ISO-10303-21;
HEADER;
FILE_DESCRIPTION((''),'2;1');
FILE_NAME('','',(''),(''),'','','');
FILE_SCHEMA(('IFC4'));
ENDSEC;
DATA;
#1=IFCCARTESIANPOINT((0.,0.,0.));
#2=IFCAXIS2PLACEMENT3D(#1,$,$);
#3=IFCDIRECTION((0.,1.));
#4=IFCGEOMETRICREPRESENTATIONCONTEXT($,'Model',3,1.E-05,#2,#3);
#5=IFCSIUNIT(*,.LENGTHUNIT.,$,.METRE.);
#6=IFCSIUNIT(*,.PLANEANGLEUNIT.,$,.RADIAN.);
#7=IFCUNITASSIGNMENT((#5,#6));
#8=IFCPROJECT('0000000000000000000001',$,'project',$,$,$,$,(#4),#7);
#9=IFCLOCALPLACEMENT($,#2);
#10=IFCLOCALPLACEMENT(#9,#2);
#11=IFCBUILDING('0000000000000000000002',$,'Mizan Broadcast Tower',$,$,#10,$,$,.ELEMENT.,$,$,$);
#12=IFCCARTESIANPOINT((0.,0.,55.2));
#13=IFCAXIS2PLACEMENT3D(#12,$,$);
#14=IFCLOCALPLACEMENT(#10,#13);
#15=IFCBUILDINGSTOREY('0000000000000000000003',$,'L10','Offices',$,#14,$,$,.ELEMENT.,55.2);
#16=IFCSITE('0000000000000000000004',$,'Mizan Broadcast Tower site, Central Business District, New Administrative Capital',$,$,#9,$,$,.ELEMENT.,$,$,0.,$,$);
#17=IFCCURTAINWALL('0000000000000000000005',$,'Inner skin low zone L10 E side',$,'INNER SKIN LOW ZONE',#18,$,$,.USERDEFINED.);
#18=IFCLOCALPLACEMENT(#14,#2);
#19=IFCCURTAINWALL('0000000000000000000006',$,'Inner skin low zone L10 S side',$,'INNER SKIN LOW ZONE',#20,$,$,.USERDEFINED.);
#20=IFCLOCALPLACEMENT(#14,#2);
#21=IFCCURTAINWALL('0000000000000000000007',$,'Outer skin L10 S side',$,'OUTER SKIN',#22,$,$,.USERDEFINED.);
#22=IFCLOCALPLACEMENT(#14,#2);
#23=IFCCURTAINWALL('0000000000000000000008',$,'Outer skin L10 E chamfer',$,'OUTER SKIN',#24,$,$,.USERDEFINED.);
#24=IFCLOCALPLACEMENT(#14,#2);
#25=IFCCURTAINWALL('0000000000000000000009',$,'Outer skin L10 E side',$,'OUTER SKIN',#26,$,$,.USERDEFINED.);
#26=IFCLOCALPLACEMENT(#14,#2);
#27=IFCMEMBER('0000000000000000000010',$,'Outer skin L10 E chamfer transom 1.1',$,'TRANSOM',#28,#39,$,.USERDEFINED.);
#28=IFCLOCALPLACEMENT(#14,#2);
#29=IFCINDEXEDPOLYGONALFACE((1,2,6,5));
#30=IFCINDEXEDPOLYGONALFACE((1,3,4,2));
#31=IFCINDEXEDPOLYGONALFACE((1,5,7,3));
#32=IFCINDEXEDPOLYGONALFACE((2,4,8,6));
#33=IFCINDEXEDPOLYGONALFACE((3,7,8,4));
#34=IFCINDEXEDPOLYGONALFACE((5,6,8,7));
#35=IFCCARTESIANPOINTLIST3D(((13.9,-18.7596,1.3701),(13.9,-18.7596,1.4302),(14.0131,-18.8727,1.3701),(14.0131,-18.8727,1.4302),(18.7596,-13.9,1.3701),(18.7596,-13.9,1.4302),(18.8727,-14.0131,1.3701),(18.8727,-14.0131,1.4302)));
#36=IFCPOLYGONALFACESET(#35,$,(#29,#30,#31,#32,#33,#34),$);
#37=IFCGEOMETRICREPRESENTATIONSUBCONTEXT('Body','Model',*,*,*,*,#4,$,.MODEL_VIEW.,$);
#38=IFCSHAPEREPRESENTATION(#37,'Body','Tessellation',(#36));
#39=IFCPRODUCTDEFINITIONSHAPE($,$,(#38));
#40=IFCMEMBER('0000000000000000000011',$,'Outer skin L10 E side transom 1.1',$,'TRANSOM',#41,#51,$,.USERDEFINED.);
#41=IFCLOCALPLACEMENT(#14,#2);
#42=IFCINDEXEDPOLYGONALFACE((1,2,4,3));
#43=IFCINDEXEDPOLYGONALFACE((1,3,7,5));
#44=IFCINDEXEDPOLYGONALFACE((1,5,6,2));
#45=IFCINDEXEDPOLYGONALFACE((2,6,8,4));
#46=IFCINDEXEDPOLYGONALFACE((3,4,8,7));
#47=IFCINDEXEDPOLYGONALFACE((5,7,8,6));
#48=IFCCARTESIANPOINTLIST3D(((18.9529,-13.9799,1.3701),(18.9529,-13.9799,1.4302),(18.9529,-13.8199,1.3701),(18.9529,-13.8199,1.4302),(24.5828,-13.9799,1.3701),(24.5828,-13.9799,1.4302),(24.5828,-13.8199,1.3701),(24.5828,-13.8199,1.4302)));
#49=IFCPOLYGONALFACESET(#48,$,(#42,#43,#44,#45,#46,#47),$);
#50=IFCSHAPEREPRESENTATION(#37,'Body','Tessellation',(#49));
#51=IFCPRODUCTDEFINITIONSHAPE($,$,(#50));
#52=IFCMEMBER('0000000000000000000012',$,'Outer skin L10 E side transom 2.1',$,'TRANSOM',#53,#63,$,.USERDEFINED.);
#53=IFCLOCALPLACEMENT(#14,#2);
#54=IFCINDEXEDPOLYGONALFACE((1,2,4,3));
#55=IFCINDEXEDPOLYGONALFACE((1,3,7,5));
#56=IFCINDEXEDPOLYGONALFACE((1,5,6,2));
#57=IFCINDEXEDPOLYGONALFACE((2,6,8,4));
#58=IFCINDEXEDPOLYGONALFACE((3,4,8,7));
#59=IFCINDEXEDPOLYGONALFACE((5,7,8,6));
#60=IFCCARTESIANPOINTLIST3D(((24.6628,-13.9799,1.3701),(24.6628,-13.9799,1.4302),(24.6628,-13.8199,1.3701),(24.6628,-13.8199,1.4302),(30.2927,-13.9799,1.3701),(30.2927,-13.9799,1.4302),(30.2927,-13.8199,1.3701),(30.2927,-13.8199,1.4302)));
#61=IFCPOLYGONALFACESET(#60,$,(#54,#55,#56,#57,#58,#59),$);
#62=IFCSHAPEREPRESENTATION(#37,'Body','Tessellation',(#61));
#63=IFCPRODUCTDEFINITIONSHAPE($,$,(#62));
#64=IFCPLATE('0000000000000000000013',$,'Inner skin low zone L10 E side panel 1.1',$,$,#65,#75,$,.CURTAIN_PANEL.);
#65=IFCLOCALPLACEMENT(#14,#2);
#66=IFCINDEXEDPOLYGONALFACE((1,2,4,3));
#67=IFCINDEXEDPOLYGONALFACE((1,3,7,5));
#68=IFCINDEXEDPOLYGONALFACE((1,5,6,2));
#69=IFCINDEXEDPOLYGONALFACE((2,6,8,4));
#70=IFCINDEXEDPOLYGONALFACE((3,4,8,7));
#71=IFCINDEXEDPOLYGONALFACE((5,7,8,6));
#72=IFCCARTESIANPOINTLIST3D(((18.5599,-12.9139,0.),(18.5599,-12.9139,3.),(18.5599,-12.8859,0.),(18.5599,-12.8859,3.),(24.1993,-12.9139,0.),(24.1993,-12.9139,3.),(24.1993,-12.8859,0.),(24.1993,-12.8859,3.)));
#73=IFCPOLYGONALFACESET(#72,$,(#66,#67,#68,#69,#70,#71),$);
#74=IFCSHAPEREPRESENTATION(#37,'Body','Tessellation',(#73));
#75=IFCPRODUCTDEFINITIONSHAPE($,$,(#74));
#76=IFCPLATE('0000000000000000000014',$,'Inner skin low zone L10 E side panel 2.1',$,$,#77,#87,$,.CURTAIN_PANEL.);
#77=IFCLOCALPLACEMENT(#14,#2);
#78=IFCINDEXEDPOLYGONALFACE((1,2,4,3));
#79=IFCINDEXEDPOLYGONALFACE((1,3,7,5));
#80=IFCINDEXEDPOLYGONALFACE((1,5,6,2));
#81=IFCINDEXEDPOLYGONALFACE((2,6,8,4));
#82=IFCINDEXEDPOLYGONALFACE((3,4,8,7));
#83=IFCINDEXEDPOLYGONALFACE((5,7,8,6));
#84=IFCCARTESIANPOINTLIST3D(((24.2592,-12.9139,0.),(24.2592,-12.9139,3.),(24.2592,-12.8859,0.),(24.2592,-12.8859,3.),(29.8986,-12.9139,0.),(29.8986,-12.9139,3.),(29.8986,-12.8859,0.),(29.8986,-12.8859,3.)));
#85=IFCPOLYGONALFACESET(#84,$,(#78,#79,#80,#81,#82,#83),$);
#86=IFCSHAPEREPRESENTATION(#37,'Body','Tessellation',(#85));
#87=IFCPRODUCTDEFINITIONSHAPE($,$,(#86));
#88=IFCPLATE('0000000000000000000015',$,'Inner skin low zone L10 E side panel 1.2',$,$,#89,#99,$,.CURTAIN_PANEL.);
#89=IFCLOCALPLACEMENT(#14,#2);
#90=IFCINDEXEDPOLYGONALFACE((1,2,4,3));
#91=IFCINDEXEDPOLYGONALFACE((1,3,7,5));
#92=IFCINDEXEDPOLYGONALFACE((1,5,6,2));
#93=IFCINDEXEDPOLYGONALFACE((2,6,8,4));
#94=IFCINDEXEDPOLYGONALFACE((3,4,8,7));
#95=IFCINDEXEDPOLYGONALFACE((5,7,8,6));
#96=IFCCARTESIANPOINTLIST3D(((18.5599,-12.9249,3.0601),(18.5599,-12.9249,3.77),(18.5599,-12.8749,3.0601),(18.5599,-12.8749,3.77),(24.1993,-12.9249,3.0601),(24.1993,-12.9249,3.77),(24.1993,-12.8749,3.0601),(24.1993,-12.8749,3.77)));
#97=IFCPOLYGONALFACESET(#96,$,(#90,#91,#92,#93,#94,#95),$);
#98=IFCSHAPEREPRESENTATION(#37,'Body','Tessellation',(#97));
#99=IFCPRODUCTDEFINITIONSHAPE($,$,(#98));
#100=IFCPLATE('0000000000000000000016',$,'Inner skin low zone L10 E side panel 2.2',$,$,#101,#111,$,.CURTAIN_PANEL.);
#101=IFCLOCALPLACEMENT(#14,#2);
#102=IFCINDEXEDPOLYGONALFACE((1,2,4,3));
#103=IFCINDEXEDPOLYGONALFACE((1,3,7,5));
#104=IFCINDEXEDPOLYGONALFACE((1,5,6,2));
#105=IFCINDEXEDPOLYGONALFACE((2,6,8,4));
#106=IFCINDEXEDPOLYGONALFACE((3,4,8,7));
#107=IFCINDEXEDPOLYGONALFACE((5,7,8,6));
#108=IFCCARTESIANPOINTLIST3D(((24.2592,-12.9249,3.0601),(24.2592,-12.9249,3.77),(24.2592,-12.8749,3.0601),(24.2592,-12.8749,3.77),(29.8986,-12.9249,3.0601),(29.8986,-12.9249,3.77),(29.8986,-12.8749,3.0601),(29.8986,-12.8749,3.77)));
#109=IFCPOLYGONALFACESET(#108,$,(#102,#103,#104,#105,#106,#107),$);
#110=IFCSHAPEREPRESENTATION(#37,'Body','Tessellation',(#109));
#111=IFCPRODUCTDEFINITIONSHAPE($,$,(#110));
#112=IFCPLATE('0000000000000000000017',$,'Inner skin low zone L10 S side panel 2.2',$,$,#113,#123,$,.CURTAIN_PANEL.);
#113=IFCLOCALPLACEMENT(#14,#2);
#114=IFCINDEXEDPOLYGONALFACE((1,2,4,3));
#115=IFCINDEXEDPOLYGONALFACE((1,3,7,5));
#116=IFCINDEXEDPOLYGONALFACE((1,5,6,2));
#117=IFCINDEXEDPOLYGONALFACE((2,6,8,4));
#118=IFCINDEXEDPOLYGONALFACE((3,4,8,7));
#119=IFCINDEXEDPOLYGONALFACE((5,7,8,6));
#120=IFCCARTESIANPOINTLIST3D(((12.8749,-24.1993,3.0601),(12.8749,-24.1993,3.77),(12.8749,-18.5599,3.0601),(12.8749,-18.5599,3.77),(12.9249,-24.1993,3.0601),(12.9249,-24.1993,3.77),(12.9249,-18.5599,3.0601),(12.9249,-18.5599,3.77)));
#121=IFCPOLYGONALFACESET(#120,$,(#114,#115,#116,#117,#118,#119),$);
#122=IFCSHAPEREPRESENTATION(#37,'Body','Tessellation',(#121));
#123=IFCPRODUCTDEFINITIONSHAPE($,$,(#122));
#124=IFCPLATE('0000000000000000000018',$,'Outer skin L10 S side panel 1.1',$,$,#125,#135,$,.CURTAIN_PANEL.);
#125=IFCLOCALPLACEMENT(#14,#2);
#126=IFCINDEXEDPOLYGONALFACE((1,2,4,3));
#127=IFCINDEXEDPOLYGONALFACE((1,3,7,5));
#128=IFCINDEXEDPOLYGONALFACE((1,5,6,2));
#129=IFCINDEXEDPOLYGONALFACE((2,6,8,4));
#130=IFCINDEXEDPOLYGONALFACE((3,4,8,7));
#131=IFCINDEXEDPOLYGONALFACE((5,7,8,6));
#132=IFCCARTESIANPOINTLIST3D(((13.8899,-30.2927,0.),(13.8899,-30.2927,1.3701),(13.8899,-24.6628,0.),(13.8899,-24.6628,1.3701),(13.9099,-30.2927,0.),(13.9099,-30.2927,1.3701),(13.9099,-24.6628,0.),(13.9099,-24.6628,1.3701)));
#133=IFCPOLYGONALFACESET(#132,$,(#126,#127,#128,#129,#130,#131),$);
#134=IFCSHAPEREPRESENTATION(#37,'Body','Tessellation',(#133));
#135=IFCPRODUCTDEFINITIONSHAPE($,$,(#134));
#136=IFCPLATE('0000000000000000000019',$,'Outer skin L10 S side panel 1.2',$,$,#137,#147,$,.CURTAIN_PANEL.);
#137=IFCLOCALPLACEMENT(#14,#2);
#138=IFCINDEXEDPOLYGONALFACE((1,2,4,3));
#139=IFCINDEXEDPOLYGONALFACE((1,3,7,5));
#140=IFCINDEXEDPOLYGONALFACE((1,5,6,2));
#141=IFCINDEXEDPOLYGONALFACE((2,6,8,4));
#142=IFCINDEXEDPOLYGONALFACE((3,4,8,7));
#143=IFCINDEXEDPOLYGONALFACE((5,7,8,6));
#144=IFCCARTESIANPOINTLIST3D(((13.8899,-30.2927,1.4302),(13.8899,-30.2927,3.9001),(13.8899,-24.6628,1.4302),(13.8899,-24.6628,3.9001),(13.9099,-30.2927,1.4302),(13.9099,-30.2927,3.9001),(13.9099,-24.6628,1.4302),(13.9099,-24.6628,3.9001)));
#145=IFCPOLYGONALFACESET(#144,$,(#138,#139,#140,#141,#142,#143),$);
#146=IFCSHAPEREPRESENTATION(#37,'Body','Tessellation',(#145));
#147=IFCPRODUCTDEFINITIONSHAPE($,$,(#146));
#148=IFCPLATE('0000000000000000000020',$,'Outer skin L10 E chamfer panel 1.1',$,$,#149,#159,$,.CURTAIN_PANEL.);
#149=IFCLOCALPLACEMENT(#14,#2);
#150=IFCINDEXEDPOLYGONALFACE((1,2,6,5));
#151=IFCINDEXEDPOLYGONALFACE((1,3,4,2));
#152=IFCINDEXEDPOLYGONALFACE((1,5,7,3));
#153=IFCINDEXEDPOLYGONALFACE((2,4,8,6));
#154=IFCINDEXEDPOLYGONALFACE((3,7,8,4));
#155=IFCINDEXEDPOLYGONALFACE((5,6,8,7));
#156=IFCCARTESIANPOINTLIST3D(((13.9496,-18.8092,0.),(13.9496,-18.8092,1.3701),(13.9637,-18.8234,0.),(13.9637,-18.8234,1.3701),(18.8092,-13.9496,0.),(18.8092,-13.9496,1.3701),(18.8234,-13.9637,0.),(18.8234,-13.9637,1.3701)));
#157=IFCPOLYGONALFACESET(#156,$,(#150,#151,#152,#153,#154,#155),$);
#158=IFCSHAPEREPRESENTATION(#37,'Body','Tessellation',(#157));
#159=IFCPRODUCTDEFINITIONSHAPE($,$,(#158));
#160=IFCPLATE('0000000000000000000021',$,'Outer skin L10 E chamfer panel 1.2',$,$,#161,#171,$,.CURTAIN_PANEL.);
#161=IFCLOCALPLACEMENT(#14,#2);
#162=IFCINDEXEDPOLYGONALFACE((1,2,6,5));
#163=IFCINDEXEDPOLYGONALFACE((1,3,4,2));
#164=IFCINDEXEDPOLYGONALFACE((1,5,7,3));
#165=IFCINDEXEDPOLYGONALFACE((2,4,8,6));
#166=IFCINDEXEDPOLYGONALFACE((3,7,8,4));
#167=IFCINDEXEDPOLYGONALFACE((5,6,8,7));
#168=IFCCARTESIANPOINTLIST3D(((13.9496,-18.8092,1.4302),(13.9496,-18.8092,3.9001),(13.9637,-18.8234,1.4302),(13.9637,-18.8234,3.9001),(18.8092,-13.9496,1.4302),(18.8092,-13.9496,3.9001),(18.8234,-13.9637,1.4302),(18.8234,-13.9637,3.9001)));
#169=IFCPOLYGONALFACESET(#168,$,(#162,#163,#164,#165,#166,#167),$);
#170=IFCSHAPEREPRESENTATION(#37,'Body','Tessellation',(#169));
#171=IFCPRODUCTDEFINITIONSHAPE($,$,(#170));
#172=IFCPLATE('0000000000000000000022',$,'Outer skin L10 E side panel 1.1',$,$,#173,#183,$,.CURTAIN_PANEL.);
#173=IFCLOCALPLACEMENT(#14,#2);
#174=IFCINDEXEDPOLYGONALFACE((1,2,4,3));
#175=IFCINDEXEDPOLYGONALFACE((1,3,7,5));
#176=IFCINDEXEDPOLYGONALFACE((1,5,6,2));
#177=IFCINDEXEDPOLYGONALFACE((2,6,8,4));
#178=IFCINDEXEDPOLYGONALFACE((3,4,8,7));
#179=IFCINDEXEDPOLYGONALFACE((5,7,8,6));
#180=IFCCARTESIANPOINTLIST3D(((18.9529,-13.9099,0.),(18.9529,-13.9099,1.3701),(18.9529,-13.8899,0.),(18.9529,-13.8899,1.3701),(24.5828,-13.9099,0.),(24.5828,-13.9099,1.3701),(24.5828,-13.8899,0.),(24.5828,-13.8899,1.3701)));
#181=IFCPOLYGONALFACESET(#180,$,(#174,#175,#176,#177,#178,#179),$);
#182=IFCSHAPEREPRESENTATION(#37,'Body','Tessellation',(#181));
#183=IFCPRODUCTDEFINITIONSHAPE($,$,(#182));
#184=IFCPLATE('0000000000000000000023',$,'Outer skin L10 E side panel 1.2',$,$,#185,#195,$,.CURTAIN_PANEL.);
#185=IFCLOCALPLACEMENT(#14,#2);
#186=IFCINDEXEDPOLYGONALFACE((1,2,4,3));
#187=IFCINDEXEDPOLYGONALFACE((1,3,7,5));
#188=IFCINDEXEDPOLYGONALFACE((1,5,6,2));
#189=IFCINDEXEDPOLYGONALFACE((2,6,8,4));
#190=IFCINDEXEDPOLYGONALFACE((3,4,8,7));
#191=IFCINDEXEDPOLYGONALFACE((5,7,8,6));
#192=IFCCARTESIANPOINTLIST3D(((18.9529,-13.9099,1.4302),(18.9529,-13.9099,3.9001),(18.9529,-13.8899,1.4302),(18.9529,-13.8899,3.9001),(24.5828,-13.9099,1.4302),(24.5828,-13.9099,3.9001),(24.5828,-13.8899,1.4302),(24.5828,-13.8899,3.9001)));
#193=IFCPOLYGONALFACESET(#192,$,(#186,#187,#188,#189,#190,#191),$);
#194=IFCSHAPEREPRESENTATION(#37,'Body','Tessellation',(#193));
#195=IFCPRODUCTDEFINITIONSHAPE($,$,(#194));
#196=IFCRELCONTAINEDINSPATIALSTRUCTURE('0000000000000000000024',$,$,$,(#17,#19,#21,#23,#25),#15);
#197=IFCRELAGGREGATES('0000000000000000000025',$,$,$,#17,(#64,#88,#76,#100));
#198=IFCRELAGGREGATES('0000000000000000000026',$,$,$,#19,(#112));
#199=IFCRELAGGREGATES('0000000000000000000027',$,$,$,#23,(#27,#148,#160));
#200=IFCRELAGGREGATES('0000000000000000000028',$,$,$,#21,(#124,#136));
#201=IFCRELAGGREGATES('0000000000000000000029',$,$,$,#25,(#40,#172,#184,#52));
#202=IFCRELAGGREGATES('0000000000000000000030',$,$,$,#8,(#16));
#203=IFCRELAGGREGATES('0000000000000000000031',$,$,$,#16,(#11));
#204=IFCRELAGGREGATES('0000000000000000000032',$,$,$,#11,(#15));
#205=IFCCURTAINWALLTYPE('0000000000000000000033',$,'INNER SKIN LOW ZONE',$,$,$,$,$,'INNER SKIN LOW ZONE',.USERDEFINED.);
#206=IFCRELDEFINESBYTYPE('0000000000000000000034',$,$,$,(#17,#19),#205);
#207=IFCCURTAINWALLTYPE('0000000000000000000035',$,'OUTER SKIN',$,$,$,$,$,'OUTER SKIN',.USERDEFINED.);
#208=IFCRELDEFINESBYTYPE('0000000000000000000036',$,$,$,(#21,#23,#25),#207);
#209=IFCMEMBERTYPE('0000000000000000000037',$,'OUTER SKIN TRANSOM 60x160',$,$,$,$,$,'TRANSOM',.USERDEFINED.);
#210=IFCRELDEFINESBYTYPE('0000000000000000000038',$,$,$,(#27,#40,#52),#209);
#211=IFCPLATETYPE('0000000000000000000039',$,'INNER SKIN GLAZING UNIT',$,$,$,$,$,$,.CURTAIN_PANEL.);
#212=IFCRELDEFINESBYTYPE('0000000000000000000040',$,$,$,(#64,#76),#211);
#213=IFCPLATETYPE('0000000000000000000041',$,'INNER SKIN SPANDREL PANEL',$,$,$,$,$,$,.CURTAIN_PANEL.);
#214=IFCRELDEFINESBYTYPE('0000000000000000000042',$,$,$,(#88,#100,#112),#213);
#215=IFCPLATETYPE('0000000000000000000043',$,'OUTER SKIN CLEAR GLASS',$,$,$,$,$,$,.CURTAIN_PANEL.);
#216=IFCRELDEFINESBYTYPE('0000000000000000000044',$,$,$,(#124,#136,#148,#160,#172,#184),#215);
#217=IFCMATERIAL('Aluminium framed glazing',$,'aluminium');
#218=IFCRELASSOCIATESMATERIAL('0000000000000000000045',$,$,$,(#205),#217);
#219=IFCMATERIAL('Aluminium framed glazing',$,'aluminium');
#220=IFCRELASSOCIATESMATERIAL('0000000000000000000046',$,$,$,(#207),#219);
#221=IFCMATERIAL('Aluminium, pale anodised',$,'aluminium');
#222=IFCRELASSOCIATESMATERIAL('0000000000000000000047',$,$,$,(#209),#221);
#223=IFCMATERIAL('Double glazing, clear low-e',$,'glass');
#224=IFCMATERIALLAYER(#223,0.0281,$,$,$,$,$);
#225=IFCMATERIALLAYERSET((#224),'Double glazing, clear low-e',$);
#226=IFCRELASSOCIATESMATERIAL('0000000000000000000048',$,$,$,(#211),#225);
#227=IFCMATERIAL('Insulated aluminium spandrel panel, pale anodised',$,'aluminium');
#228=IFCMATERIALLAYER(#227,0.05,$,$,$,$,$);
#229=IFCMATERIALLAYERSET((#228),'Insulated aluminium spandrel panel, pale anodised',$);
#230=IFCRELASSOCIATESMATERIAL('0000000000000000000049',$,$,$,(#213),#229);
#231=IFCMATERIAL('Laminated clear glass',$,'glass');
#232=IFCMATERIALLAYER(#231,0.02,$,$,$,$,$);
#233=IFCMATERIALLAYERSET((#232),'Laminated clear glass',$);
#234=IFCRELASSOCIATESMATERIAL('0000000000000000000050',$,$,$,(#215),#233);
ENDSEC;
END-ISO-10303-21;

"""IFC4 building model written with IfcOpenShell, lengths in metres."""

from ifc_helpers import new_model, si_unit, direction, frame, origin, origin_2d, place, context, subcontext, project, spatial, rectangle, extrude, material, layer, layer_set, material_profile, profile_set, type_object, element, aggregate, save


model = new_model("IFC4")

# Units and contexts
model_context = context("Model", 3, precision=1e-05, world=origin(), true_north=direction((0.0, 1.0)))
body_context = subcontext(model_context, "Body", "Model", "MODEL_VIEW")
ifc_project = project(units=[si_unit("LENGTHUNIT", "METRE"), si_unit("PLANEANGLEUNIT", "RADIAN")], contexts=[model_context])

# Site, building, storey
site_placement = place(None, origin())
site = spatial("IfcSite", under=ifc_project, at=site_placement, Name="Mizan Broadcast Tower site, Central Business District, New Administrative Capital", CompositionType="ELEMENT", RefElevation=0.0)
building_placement = place(site_placement, origin())
building = spatial("IfcBuilding", under=site, at=building_placement, Name="Mizan Broadcast Tower", CompositionType="ELEMENT")
storey_placement = place(building_placement, frame((0.0, 0.0, 55.2)))
storey = spatial("IfcBuildingStorey", under=building, at=storey_placement, Name="L10", Description="Offices", CompositionType="ELEMENT", Elevation=55.2)

# Curtain wall
ifc_material_1 = material(Name="Aluminium framed glazing", Category="aluminium")
curtain_wall_type_1 = type_object("IfcCurtainWallType", Name="INNER SKIN LOW ZONE", ElementType="INNER SKIN LOW ZONE", PredefinedType="USERDEFINED", material=ifc_material_1)
curtain_wall_1_placement = place(storey_placement, origin())
curtain_wall_1 = element("IfcCurtainWall", 1, at=curtain_wall_1_placement, inside=storey, type_object=curtain_wall_type_1, Name="Inner skin low zone L10 E side", ObjectType="INNER SKIN LOW ZONE", PredefinedType="USERDEFINED")

# Curtain wall
curtain_wall_2_placement = place(storey_placement, origin())
curtain_wall_2 = element("IfcCurtainWall", 2, at=curtain_wall_2_placement, inside=storey, type_object=curtain_wall_type_1, Name="Inner skin low zone L10 S side", ObjectType="INNER SKIN LOW ZONE", PredefinedType="USERDEFINED")

# Shared definitions
ifc_material_2 = material(Name="Aluminium framed glazing", Category="aluminium")
curtain_wall_type_2 = type_object("IfcCurtainWallType", Name="OUTER SKIN", ElementType="OUTER SKIN", PredefinedType="USERDEFINED", material=ifc_material_2)

# Curtain wall
curtain_wall_3_placement = place(storey_placement, origin())
curtain_wall_3 = element("IfcCurtainWall", 3, at=curtain_wall_3_placement, inside=storey, type_object=curtain_wall_type_2, Name="Outer skin L10 S side", ObjectType="OUTER SKIN", PredefinedType="USERDEFINED")

# Curtain wall
curtain_wall_4_placement = place(storey_placement, origin())
curtain_wall_4 = element("IfcCurtainWall", 4, at=curtain_wall_4_placement, inside=storey, type_object=curtain_wall_type_2, Name="Outer skin L10 E chamfer", ObjectType="OUTER SKIN", PredefinedType="USERDEFINED")

# Curtain wall
curtain_wall_5_placement = place(storey_placement, origin())
curtain_wall_5 = element("IfcCurtainWall", 5, at=curtain_wall_5_placement, inside=storey, type_object=curtain_wall_type_2, Name="Outer skin L10 E side", ObjectType="OUTER SKIN", PredefinedType="USERDEFINED")

# Shared definitions
ifc_material_3 = material(Name="Aluminium, pale anodised", Category="aluminium")
ifc_material_profile_1 = material_profile(ifc_material_3, rectangle(XDim=0.1599, YDim=0.0601, at=origin_2d()), Name="TRANSOM 160x60")
ifc_profile_set_1 = profile_set([ifc_material_profile_1], Name="Aluminium, pale anodised")
member_type_1 = type_object("IfcMemberType", Name="OUTER SKIN TRANSOM 60x160", ElementType="TRANSOM", PredefinedType="USERDEFINED", material=ifc_profile_set_1)

# Members
member_1_placement = place(storey_placement, frame((13.9565, -18.8162, 1.4001), z_axis=(0.707107, 0.707107, 0.0), x_axis=(-0.707107, 0.707107, 0.0)))
member_1 = element("IfcMember", 6, at=member_1_placement, type_object=member_type_1, Name="Outer skin L10 E chamfer transom 1.1", ObjectType="TRANSOM", PredefinedType="USERDEFINED", context=body_context, shape_type="SweptSolid", body=[
    extrude(rectangle(XDim=0.1599, YDim=0.0601, at=origin_2d()), origin(), (0.0, 0.0, 1.0), 6.8726),
])
member_2_placement = place(storey_placement, frame((18.9529, -13.8999, 1.4001), z_axis=(1.0, 0.0, 0.0), x_axis=(0.0, 1.0, 0.0)))
member_2 = element("IfcMember", 7, at=member_2_placement, type_object=member_type_1, Name="Outer skin L10 E side transom 1.1", ObjectType="TRANSOM", PredefinedType="USERDEFINED", context=body_context, shape_type="SweptSolid", body=[
    extrude(rectangle(XDim=0.1599, YDim=0.0601, at=origin_2d()), origin(), (0.0, 0.0, 1.0), 5.6299),
])
member_3_placement = place(storey_placement, frame((24.6628, -13.8999, 1.4001), z_axis=(1.0, 0.0, 0.0), x_axis=(0.0, 1.0, 0.0)))
member_3 = element("IfcMember", 8, at=member_3_placement, type_object=member_type_1, Name="Outer skin L10 E side transom 2.1", ObjectType="TRANSOM", PredefinedType="USERDEFINED", context=body_context, shape_type="SweptSolid", body=[
    extrude(rectangle(XDim=0.1599, YDim=0.0601, at=origin_2d()), origin(), (0.0, 0.0, 1.0), 5.6299),
])

# Plates
ifc_material_4 = material(Name="Double glazing, clear low-e", Category="glass")
ifc_layer_1 = layer(ifc_material_4, 0.0281)
ifc_layer_set_1 = layer_set([ifc_layer_1], Name="Double glazing, clear low-e")
plate_type_1 = type_object("IfcPlateType", Name="INNER SKIN GLAZING UNIT", PredefinedType="CURTAIN_PANEL", material=ifc_layer_set_1)
plate_1_placement = place(storey_placement, frame((21.3796, -12.8999, 0.0), z_axis=(0.0, 0.0, 1.0), x_axis=(1.0, 0.0, 0.0)))
plate_1 = element("IfcPlate", 9, at=plate_1_placement, type_object=plate_type_1, Name="Inner skin low zone L10 E side panel 1.1", PredefinedType="CURTAIN_PANEL", context=body_context, shape_type="SweptSolid", body=[
    extrude(rectangle(XDim=5.6394, YDim=0.0281, at=origin_2d()), origin(), (0.0, 0.0, 1.0), 3.0),
])
plate_2_placement = place(storey_placement, frame((27.0789, -12.8999, 0.0), z_axis=(0.0, 0.0, 1.0), x_axis=(1.0, 0.0, 0.0)))
plate_2 = element("IfcPlate", 10, at=plate_2_placement, type_object=plate_type_1, Name="Inner skin low zone L10 E side panel 2.1", PredefinedType="CURTAIN_PANEL", context=body_context, shape_type="SweptSolid", body=[
    extrude(rectangle(XDim=5.6394, YDim=0.0281, at=origin_2d()), origin(), (0.0, 0.0, 1.0), 3.0),
])
ifc_material_5 = material(Name="Insulated aluminium spandrel panel, pale anodised", Category="aluminium")
ifc_layer_2 = layer(ifc_material_5, 0.05)
ifc_layer_set_2 = layer_set([ifc_layer_2], Name="Insulated aluminium spandrel panel, pale anodised")
plate_type_2 = type_object("IfcPlateType", Name="INNER SKIN SPANDREL PANEL", PredefinedType="CURTAIN_PANEL", material=ifc_layer_set_2)
plate_3_placement = place(storey_placement, frame((21.3796, -12.8999, 3.0601), z_axis=(0.0, 0.0, 1.0), x_axis=(1.0, 0.0, 0.0)))
plate_3 = element("IfcPlate", 11, at=plate_3_placement, type_object=plate_type_2, Name="Inner skin low zone L10 E side panel 1.2", PredefinedType="CURTAIN_PANEL", context=body_context, shape_type="SweptSolid", body=[
    extrude(rectangle(XDim=5.6394, YDim=0.05, at=origin_2d()), origin(), (0.0, 0.0, 1.0), 0.71),
])
plate_4_placement = place(storey_placement, frame((27.0789, -12.8999, 3.0601), z_axis=(0.0, 0.0, 1.0), x_axis=(1.0, 0.0, 0.0)))
plate_4 = element("IfcPlate", 12, at=plate_4_placement, type_object=plate_type_2, Name="Inner skin low zone L10 E side panel 2.2", PredefinedType="CURTAIN_PANEL", context=body_context, shape_type="SweptSolid", body=[
    extrude(rectangle(XDim=5.6394, YDim=0.05, at=origin_2d()), origin(), (0.0, 0.0, 1.0), 0.71),
])
aggregate(curtain_wall_1, [plate_1, plate_3, plate_2, plate_4])
plate_5_placement = place(storey_placement, frame((12.8999, -21.3796, 3.0601), z_axis=(0.0, 0.0, 1.0), x_axis=(0.0, 1.0, 0.0)))
plate_5 = element("IfcPlate", 13, at=plate_5_placement, type_object=plate_type_2, Name="Inner skin low zone L10 S side panel 2.2", PredefinedType="CURTAIN_PANEL", context=body_context, shape_type="SweptSolid", body=[
    extrude(rectangle(XDim=5.6394, YDim=0.05, at=origin_2d()), origin(), (0.0, 0.0, 1.0), 0.71),
])
aggregate(curtain_wall_2, [plate_5])
ifc_material_6 = material(Name="Laminated clear glass", Category="glass")
ifc_layer_3 = layer(ifc_material_6, 0.02)
ifc_layer_set_3 = layer_set([ifc_layer_3], Name="Laminated clear glass")
plate_type_3 = type_object("IfcPlateType", Name="OUTER SKIN CLEAR GLASS", PredefinedType="CURTAIN_PANEL", material=ifc_layer_set_3)
plate_6_placement = place(storey_placement, frame((13.8999, -27.4778, 0.0), z_axis=(0.0, 0.0, 1.0), x_axis=(0.0, 1.0, 0.0)))
plate_6 = element("IfcPlate", 14, at=plate_6_placement, type_object=plate_type_3, Name="Outer skin L10 S side panel 1.1", PredefinedType="CURTAIN_PANEL", context=body_context, shape_type="SweptSolid", body=[
    extrude(rectangle(XDim=5.6299, YDim=0.02, at=origin_2d()), origin(), (0.0, 0.0, 1.0), 1.3701),
])
plate_7_placement = place(storey_placement, frame((13.8999, -27.4778, 1.4302), z_axis=(0.0, 0.0, 1.0), x_axis=(0.0, 1.0, 0.0)))
plate_7 = element("IfcPlate", 15, at=plate_7_placement, type_object=plate_type_3, Name="Outer skin L10 S side panel 1.2", PredefinedType="CURTAIN_PANEL", context=body_context, shape_type="SweptSolid", body=[
    extrude(rectangle(XDim=5.6299, YDim=0.02, at=origin_2d()), origin(), (0.0, 0.0, 1.0), 2.47),
])
plate_8_placement = place(storey_placement, frame((16.3865, -16.3865, 0.0), z_axis=(0.0, 0.0, 1.0), x_axis=(0.707107, 0.707107, 0.0)))
plate_8 = element("IfcPlate", 16, at=plate_8_placement, type_object=plate_type_3, Name="Outer skin L10 E chamfer panel 1.1", PredefinedType="CURTAIN_PANEL", context=body_context, shape_type="SweptSolid", body=[
    extrude(rectangle(XDim=6.8726, YDim=0.02, at=origin_2d()), origin(), (0.0, 0.0, 1.0), 1.3701),
])
plate_9_placement = place(storey_placement, frame((16.3865, -16.3865, 1.4302), z_axis=(0.0, 0.0, 1.0), x_axis=(0.707107, 0.707107, 0.0)))
plate_9 = element("IfcPlate", 17, at=plate_9_placement, type_object=plate_type_3, Name="Outer skin L10 E chamfer panel 1.2", PredefinedType="CURTAIN_PANEL", context=body_context, shape_type="SweptSolid", body=[
    extrude(rectangle(XDim=6.8726, YDim=0.02, at=origin_2d()), origin(), (0.0, 0.0, 1.0), 2.47),
])
aggregate(curtain_wall_4, [member_1, plate_8, plate_9])
plate_10_placement = place(storey_placement, frame((21.7678, -13.8999, 0.0), z_axis=(0.0, 0.0, 1.0), x_axis=(1.0, 0.0, 0.0)))
plate_10 = element("IfcPlate", 18, at=plate_10_placement, type_object=plate_type_3, Name="Outer skin L10 E side panel 1.1", PredefinedType="CURTAIN_PANEL", context=body_context, shape_type="SweptSolid", body=[
    extrude(rectangle(XDim=5.6299, YDim=0.02, at=origin_2d()), origin(), (0.0, 0.0, 1.0), 1.3701),
])
plate_11_placement = place(storey_placement, frame((21.7678, -13.8999, 1.4302), z_axis=(0.0, 0.0, 1.0), x_axis=(1.0, 0.0, 0.0)))
plate_11 = element("IfcPlate", 19, at=plate_11_placement, type_object=plate_type_3, Name="Outer skin L10 E side panel 1.2", PredefinedType="CURTAIN_PANEL", context=body_context, shape_type="SweptSolid", body=[
    extrude(rectangle(XDim=5.6299, YDim=0.02, at=origin_2d()), origin(), (0.0, 0.0, 1.0), 2.47),
])
aggregate(curtain_wall_3, [plate_6, plate_7])
aggregate(curtain_wall_5, [member_2, plate_10, plate_11, member_3])

save(model, "model.ifc")
